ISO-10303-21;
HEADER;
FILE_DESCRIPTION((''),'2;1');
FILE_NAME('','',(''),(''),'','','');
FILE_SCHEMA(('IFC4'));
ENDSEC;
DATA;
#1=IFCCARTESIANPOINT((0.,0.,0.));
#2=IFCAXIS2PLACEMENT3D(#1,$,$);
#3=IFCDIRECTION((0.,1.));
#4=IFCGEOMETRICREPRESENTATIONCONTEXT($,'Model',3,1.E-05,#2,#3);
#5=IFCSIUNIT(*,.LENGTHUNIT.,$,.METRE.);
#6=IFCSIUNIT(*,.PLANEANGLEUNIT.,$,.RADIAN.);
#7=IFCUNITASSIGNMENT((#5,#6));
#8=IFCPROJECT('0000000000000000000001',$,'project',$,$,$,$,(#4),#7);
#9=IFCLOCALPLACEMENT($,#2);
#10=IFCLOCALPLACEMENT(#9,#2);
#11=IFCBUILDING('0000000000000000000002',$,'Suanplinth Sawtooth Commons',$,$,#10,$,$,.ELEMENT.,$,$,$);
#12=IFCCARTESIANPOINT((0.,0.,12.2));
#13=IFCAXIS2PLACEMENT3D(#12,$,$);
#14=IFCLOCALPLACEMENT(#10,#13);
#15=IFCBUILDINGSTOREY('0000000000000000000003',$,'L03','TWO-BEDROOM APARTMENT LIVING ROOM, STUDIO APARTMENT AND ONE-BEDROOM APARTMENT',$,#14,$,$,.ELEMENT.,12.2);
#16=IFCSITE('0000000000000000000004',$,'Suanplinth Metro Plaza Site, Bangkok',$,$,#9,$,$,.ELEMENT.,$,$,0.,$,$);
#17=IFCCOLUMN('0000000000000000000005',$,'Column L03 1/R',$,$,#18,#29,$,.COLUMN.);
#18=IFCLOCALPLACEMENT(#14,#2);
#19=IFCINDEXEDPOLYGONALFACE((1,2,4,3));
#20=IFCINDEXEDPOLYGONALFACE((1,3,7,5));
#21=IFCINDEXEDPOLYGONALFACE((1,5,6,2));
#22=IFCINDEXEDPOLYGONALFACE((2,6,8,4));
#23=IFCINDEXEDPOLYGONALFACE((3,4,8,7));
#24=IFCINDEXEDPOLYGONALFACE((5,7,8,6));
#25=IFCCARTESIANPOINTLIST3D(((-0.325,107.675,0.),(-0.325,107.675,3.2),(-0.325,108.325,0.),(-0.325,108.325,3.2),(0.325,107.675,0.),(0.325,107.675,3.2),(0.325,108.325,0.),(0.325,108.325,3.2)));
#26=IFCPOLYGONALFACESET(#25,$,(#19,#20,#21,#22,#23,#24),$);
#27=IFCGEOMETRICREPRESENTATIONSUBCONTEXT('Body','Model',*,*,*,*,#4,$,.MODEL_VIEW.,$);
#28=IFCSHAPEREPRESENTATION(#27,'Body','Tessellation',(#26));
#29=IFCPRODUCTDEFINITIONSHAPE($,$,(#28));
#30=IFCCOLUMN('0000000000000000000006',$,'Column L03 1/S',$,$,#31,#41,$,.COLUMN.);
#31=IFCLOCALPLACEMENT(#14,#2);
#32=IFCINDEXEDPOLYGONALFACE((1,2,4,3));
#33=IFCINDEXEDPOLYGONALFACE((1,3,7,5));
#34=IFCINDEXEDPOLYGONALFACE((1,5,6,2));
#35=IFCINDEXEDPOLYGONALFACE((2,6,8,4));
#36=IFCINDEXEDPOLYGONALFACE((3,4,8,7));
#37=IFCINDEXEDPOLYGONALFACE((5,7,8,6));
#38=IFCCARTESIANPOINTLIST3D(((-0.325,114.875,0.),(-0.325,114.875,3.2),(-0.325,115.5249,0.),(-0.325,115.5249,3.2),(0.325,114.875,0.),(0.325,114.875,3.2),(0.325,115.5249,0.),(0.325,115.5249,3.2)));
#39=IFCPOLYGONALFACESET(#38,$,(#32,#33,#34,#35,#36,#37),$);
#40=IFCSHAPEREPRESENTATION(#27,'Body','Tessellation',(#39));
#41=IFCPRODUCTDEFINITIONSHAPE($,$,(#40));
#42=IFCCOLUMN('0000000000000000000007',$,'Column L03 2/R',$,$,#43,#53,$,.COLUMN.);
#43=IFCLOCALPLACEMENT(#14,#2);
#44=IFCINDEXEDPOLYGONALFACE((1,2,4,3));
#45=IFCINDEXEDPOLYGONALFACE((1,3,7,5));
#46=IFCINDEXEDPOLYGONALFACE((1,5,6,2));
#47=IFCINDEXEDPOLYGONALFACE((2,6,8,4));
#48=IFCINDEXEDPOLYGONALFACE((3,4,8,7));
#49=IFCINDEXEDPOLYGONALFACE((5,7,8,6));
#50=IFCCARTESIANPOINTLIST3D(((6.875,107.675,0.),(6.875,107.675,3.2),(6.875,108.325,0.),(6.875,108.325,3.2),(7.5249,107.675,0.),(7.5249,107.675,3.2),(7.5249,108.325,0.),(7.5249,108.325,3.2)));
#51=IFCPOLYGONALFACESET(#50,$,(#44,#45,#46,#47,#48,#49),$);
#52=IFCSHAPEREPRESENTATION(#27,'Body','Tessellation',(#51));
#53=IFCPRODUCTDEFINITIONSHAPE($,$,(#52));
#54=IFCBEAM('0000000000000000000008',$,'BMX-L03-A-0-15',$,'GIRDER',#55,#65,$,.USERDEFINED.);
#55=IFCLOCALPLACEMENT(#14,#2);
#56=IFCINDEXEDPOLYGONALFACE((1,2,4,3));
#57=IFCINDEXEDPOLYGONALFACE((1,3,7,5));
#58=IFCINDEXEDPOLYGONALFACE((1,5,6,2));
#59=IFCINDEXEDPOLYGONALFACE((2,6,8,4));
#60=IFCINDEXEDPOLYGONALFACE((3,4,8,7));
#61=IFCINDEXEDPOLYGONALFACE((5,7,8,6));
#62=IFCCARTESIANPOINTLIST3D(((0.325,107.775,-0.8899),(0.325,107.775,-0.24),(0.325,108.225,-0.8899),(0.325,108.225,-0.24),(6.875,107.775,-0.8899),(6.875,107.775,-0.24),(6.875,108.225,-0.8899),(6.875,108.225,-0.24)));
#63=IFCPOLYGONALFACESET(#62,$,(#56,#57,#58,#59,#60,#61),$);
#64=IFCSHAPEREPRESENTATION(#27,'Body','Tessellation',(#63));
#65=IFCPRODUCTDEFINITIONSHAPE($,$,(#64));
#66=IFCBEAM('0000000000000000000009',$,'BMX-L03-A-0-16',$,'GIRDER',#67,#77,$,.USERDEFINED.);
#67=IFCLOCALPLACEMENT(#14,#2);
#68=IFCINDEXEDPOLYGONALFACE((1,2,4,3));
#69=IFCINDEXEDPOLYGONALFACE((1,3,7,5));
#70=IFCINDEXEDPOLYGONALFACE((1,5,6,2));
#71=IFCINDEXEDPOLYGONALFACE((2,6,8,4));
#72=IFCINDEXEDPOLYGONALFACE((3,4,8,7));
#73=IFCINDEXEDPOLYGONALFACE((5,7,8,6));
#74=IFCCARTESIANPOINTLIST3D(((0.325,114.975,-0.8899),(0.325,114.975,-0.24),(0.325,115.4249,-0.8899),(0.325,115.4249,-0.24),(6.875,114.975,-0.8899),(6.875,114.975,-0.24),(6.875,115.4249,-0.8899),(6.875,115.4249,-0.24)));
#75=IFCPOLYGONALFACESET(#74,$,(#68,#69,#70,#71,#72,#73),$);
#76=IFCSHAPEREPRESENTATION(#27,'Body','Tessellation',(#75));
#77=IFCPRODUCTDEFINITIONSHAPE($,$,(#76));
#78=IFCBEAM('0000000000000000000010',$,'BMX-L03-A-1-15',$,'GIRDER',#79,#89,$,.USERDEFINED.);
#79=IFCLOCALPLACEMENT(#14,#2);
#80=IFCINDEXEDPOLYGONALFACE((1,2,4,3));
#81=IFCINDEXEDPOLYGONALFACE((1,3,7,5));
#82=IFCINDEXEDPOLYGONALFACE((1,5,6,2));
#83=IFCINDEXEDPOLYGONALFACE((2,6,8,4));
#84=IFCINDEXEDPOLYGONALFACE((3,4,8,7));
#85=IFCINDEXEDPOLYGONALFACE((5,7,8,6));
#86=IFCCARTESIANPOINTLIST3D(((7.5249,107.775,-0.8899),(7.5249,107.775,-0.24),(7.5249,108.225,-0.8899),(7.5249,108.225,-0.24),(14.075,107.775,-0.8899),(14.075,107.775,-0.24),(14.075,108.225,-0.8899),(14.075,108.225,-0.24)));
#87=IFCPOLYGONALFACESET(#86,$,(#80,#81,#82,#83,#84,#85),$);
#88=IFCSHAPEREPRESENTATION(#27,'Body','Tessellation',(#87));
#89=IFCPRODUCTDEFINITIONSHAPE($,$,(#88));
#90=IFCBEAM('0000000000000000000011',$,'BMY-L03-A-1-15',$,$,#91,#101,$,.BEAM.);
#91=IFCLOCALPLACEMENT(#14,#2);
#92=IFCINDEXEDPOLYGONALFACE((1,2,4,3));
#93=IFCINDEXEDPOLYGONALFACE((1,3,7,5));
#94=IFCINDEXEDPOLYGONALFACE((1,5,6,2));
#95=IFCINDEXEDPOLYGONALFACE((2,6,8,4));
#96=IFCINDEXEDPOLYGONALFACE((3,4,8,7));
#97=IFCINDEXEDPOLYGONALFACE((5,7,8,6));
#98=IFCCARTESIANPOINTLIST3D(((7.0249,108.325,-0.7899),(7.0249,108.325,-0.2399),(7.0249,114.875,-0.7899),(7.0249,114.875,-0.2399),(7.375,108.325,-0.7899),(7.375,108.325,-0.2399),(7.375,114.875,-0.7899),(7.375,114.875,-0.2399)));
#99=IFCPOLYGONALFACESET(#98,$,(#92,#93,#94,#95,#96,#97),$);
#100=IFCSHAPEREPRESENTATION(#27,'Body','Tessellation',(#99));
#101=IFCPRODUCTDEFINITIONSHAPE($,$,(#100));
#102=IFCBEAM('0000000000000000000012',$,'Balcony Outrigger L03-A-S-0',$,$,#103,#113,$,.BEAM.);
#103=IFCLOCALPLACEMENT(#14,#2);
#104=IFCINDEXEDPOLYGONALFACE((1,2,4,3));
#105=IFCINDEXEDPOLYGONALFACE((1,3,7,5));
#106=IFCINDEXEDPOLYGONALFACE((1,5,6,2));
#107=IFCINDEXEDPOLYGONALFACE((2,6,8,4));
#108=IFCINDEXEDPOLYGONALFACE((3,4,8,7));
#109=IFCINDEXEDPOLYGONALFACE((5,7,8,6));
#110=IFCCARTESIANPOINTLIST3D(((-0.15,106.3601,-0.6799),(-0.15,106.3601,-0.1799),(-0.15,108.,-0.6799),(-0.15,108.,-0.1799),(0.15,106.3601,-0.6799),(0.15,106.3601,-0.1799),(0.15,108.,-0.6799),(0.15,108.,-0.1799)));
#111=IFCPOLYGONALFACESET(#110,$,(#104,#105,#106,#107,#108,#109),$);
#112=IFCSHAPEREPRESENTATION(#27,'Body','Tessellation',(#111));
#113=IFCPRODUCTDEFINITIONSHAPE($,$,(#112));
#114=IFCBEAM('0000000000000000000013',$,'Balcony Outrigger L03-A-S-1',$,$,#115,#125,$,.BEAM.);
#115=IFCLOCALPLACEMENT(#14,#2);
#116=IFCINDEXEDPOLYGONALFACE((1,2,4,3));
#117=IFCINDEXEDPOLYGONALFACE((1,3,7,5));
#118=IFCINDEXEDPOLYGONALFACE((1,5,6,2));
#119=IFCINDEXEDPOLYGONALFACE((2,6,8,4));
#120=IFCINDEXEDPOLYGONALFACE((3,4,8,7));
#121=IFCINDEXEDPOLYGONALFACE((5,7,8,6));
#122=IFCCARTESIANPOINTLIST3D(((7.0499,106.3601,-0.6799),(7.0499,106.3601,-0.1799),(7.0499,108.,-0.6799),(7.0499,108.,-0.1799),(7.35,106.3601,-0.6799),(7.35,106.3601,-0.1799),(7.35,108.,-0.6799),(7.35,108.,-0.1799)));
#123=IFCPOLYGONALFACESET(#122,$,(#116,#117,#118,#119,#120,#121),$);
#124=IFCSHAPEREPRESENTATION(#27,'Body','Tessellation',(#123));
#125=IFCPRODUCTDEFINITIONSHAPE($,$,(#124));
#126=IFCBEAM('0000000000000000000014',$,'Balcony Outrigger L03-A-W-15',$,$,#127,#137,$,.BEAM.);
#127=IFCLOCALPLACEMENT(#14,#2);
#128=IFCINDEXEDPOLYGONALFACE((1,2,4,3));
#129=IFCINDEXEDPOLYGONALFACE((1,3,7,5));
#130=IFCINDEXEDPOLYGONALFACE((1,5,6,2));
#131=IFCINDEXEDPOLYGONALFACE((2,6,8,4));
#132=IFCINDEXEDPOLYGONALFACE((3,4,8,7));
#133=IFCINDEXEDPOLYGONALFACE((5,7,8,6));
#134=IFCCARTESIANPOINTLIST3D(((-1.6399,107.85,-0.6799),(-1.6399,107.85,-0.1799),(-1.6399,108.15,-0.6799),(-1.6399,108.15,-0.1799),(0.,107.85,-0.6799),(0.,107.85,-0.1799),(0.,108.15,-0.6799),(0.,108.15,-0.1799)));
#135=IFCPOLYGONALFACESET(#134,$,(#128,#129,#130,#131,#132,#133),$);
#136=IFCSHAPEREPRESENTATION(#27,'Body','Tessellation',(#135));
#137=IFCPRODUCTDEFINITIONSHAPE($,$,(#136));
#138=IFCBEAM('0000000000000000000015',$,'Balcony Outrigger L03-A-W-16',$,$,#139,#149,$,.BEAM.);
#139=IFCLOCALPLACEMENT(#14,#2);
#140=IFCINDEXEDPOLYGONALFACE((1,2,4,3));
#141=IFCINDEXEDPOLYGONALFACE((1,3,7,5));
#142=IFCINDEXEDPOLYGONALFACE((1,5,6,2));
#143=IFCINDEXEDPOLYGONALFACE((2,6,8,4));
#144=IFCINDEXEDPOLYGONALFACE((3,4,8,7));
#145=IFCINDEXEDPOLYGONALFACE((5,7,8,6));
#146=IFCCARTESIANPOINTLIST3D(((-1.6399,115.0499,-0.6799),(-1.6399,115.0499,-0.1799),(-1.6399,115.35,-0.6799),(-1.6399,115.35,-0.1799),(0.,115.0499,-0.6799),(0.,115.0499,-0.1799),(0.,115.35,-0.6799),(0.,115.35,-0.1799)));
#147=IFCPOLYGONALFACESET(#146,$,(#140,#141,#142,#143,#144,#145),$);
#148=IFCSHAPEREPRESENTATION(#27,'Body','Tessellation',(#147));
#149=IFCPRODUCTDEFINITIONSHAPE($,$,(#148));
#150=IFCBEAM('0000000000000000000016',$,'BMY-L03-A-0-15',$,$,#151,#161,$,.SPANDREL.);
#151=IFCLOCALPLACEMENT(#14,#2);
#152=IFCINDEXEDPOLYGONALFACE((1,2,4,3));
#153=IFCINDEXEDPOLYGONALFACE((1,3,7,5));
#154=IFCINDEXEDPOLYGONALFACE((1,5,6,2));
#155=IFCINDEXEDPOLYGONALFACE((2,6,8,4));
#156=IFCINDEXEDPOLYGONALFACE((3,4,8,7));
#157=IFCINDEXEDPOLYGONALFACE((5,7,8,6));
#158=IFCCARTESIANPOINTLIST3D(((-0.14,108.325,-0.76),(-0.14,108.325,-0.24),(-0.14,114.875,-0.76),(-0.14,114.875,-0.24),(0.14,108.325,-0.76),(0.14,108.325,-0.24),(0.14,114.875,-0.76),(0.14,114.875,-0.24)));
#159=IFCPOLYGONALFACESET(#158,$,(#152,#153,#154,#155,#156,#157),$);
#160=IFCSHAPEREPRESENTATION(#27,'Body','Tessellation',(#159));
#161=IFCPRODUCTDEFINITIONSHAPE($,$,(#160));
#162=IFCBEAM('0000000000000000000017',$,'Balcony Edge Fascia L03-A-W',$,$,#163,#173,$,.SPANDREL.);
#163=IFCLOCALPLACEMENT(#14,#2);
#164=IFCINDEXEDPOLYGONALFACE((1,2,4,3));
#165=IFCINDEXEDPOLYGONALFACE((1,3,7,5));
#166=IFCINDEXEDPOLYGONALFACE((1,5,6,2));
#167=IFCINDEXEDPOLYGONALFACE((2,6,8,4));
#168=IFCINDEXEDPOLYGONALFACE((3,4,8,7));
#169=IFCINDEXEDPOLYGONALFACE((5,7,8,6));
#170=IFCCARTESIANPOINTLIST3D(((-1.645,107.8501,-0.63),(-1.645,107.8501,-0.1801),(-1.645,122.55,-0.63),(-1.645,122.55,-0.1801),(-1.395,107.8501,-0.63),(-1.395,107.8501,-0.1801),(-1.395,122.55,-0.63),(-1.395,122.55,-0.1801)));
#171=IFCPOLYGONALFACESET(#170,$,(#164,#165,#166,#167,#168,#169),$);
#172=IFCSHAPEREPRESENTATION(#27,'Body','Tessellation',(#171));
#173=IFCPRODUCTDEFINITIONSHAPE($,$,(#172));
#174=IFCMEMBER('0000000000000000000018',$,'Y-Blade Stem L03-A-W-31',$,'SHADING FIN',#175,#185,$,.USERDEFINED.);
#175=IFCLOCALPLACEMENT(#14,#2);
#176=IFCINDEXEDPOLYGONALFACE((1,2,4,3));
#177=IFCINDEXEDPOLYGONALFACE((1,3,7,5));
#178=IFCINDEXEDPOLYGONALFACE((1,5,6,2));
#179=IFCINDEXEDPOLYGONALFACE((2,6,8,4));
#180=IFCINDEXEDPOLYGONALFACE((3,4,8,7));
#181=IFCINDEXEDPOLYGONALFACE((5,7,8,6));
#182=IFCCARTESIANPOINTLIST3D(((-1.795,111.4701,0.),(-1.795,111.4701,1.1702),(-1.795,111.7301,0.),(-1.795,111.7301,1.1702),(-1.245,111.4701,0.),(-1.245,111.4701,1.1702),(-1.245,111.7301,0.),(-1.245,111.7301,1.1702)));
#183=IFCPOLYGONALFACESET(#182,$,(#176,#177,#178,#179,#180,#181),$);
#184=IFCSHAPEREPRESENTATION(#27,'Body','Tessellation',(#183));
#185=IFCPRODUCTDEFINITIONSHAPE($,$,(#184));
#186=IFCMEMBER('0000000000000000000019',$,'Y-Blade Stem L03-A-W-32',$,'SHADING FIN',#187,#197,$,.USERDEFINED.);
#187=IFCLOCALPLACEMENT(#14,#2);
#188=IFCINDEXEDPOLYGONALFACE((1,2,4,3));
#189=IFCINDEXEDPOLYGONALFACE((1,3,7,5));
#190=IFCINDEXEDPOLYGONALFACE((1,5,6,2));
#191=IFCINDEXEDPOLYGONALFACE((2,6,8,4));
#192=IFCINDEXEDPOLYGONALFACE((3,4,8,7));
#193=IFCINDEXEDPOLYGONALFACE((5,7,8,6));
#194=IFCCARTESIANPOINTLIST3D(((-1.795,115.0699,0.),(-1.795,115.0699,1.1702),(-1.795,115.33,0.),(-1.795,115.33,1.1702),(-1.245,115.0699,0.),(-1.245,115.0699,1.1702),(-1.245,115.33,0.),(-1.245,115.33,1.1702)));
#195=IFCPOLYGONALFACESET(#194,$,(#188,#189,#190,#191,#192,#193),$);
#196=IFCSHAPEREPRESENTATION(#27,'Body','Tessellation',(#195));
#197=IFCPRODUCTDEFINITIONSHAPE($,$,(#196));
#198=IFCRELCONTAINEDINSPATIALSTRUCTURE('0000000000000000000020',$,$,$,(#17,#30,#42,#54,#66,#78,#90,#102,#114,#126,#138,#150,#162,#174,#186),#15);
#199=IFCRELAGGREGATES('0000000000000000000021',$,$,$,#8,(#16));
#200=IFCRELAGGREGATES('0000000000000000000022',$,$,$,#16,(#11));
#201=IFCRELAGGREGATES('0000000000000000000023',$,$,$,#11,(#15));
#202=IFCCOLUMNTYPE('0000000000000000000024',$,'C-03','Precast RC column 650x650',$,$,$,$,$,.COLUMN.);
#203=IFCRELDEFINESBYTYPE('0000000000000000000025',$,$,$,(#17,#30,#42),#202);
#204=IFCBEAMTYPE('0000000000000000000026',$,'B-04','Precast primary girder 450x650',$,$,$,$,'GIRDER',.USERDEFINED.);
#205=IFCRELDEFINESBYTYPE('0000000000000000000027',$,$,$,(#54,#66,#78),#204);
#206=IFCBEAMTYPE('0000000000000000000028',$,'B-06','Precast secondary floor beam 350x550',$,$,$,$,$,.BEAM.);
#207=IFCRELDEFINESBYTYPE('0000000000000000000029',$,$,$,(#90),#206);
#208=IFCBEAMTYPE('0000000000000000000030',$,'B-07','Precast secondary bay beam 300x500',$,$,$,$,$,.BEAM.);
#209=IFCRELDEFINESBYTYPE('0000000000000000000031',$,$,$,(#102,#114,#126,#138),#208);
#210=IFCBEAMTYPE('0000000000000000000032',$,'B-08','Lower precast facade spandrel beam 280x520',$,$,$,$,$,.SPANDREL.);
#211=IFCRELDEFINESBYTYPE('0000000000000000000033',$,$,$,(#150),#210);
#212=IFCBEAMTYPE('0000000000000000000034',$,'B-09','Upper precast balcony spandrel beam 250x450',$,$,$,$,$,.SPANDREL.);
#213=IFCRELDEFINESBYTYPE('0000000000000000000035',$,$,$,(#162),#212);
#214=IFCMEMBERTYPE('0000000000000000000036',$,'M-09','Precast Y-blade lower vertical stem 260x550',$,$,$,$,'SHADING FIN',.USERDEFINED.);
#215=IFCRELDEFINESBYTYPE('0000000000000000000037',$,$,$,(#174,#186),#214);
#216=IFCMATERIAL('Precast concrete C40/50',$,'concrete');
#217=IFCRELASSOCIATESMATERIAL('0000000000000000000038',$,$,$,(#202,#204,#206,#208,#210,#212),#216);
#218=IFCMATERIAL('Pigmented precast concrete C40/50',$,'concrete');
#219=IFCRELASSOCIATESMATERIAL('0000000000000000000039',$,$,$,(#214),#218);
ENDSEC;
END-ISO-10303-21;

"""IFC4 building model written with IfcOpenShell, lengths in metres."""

from ifc_helpers import new_model, si_unit, direction, frame, origin, origin_2d, place, context, subcontext, project, spatial, rectangle, extrude, material, material_profile, profile_set, type_object, element, save


model = new_model("IFC4")

# Units and contexts
model_context = context("Model", 3, precision=1e-05, world=origin(), true_north=direction((0.0, 1.0)))
body_context = subcontext(model_context, "Body", "Model", "MODEL_VIEW")
ifc_project = project(units=[si_unit("LENGTHUNIT", "METRE"), si_unit("PLANEANGLEUNIT", "RADIAN")], contexts=[model_context])

# Site, building, storey
site_placement = place(None, origin())
site = spatial("IfcSite", under=ifc_project, at=site_placement, Name="Suanplinth Metro Plaza Site, Bangkok", CompositionType="ELEMENT", RefElevation=0.0)
building_placement = place(site_placement, origin())
building = spatial("IfcBuilding", under=site, at=building_placement, Name="Suanplinth Sawtooth Commons", CompositionType="ELEMENT")
storey_placement = place(building_placement, frame((0.0, 0.0, 12.2)))
storey = spatial("IfcBuildingStorey", under=building, at=storey_placement, Name="L03", Description="TWO-BEDROOM APARTMENT LIVING ROOM, STUDIO APARTMENT AND ONE-BEDROOM APARTMENT", CompositionType="ELEMENT", Elevation=12.2)

# Columns
ifc_material_1 = material(Name="Precast concrete C40/50", Category="concrete")
ifc_material_profile_1 = material_profile(ifc_material_1, rectangle(XDim=0.6499, YDim=0.6499, at=origin_2d()), Name="PC-COL 650x650")
ifc_profile_set_1 = profile_set([ifc_material_profile_1], Name="Precast concrete C40/50")
column_type = type_object("IfcColumnType", Name="C-03", Description="Precast RC column 650x650", PredefinedType="COLUMN", material=ifc_profile_set_1)
for number, where, z_axis, x_axis, name in (
    (1, (0.0, 108.0, 0.0), (0.0, 0.0, 1.0), (1.0, 0.0, 0.0), "Column L03 1/R"),
    (2, (0.0, 115.2, 0.0), (0.0, 0.0, 1.0), (1.0, 0.0, 0.0), "Column L03 1/S"),
    (3, (7.2, 108.0, 0.0), (0.0, 0.0, 1.0), (1.0, 0.0, 0.0), "Column L03 2/R"),
):
    element("IfcColumn", number, at=place(storey_placement, frame(where, z_axis=z_axis, x_axis=x_axis)), inside=storey, type_object=column_type, Name=name, PredefinedType="COLUMN", context=body_context, shape_type="SweptSolid", body=[
        extrude(rectangle(XDim=0.6499, YDim=0.6499, at=origin_2d()), origin(), (0.0, 0.0, 1.0), 3.2),
    ])

# Beams
ifc_material_profile_2 = material_profile(ifc_material_1, rectangle(XDim=0.45, YDim=0.6499, at=origin_2d()), Name="PC-GDR 450x650")
ifc_profile_set_2 = profile_set([ifc_material_profile_2], Name="Precast concrete C40/50")
beam_type_1 = type_object("IfcBeamType", Name="B-04", Description="Precast primary girder 450x650", ElementType="GIRDER", PredefinedType="USERDEFINED", material=ifc_profile_set_2)
for number, where, z_axis, x_axis, name in (
    (4, (0.325, 108.0, -0.5649), (1.0, 0.0, 0.0), (0.0, 1.0, 0.0), "BMX-L03-A-0-15"),
    (5, (0.325, 115.2, -0.5649), (1.0, 0.0, 0.0), (0.0, 1.0, 0.0), "BMX-L03-A-0-16"),
    (6, (7.5249, 108.0, -0.5649), (1.0, 0.0, 0.0), (0.0, 1.0, 0.0), "BMX-L03-A-1-15"),
):
    element("IfcBeam", number, at=place(storey_placement, frame(where, z_axis=z_axis, x_axis=x_axis)), inside=storey, type_object=beam_type_1, Name=name, ObjectType="GIRDER", PredefinedType="USERDEFINED", context=body_context, shape_type="SweptSolid", body=[
        extrude(rectangle(XDim=0.45, YDim=0.6499, at=origin_2d()), origin(), (0.0, 0.0, 1.0), 6.55),
    ])
ifc_material_profile_3 = material_profile(ifc_material_1, rectangle(XDim=0.3501, YDim=0.55, at=origin_2d()), Name="PC-BM 350x550")
ifc_profile_set_3 = profile_set([ifc_material_profile_3], Name="Precast concrete C40/50")
beam_type_2 = type_object("IfcBeamType", Name="B-06", Description="Precast secondary floor beam 350x550", PredefinedType="BEAM", material=ifc_profile_set_3)
beam_1_placement = place(storey_placement, frame((7.2, 108.325, -0.5149), z_axis=(0.0, 1.0, 0.0), x_axis=(-1.0, 0.0, 0.0)))
element("IfcBeam", 7, at=beam_1_placement, inside=storey, type_object=beam_type_2, Name="BMY-L03-A-1-15", PredefinedType="BEAM", context=body_context, shape_type="SweptSolid", body=[
    extrude(rectangle(XDim=0.3501, YDim=0.55, at=origin_2d()), origin(), (0.0, 0.0, 1.0), 6.55),
])
ifc_material_profile_4 = material_profile(ifc_material_1, rectangle(XDim=0.3, YDim=0.5, at=origin_2d()), Name="PC-BM 300x500")
ifc_profile_set_4 = profile_set([ifc_material_profile_4], Name="Precast concrete C40/50")
beam_type_3 = type_object("IfcBeamType", Name="B-07", Description="Precast secondary bay beam 300x500", PredefinedType="BEAM", material=ifc_profile_set_4)
for number, where, z_axis, x_axis, name in (
    (8, (0.0, 108.0, -0.4299), (0.0, -1.0, 0.0), (1.0, 0.0, 0.0), "Balcony Outrigger L03-A-S-0"),
    (9, (7.2, 108.0, -0.4299), (0.0, -1.0, 0.0), (1.0, 0.0, 0.0), "Balcony Outrigger L03-A-S-1"),
    (10, (0.0, 108.0, -0.4299), (-1.0, 0.0, 0.0), (0.0, -1.0, 0.0), "Balcony Outrigger L03-A-W-15"),
    (11, (0.0, 115.2, -0.4299), (-1.0, 0.0, 0.0), (0.0, -1.0, 0.0), "Balcony Outrigger L03-A-W-16"),
):
    element("IfcBeam", number, at=place(storey_placement, frame(where, z_axis=z_axis, x_axis=x_axis)), inside=storey, type_object=beam_type_3, Name=name, PredefinedType="BEAM", context=body_context, shape_type="SweptSolid", body=[
        extrude(rectangle(XDim=0.3, YDim=0.5, at=origin_2d()), origin(), (0.0, 0.0, 1.0), 1.6399),
    ])
ifc_material_profile_5 = material_profile(ifc_material_1, rectangle(XDim=0.28, YDim=0.52, at=origin_2d()), Name="PC-SP 280x520")
ifc_profile_set_5 = profile_set([ifc_material_profile_5], Name="Precast concrete C40/50")
beam_type_4 = type_object("IfcBeamType", Name="B-08", Description="Lower precast facade spandrel beam 280x520", PredefinedType="SPANDREL", material=ifc_profile_set_5)
beam_2_placement = place(storey_placement, frame((0.0, 108.325, -0.5), z_axis=(0.0, 1.0, 0.0), x_axis=(-1.0, 0.0, 0.0)))
element("IfcBeam", 12, at=beam_2_placement, inside=storey, type_object=beam_type_4, Name="BMY-L03-A-0-15", PredefinedType="SPANDREL", context=body_context, shape_type="SweptSolid", body=[
    extrude(rectangle(XDim=0.28, YDim=0.52, at=origin_2d()), origin(), (0.0, 0.0, 1.0), 6.55),
])
ifc_material_profile_6 = material_profile(ifc_material_1, rectangle(XDim=0.25, YDim=0.45, at=origin_2d()), Name="PC-SP 250x450")
ifc_profile_set_6 = profile_set([ifc_material_profile_6], Name="Precast concrete C40/50")
beam_type_5 = type_object("IfcBeamType", Name="B-09", Description="Upper precast balcony spandrel beam 250x450", PredefinedType="SPANDREL", material=ifc_profile_set_6)
beam_3_placement = place(storey_placement, frame((-1.52, 107.8501, -0.405), z_axis=(0.0, 1.0, 0.0), x_axis=(-1.0, 0.0, 0.0)))
element("IfcBeam", 13, at=beam_3_placement, inside=storey, type_object=beam_type_5, Name="Balcony Edge Fascia L03-A-W", PredefinedType="SPANDREL", context=body_context, shape_type="SweptSolid", body=[
    extrude(rectangle(XDim=0.25, YDim=0.45, at=origin_2d()), origin(), (0.0, 0.0, 1.0), 14.7),
])

# Members
ifc_material_2 = material(Name="Pigmented precast concrete C40/50", Category="concrete")
ifc_material_profile_7 = material_profile(ifc_material_2, rectangle(XDim=0.26, YDim=0.55, at=origin_2d()), Name="PC-FIN 260x550")
ifc_profile_set_7 = profile_set([ifc_material_profile_7], Name="Pigmented precast concrete C40/50")
member_type_1 = type_object("IfcMemberType", Name="M-09", Description="Precast Y-blade lower vertical stem 260x550", ElementType="SHADING FIN", PredefinedType="USERDEFINED", material=ifc_profile_set_7)
for number, where, z_axis, x_axis, name in (
    (14, (-1.52, 111.6001, 0.0), (0.0, 0.0, 1.0), (0.0, 1.0, 0.0), "Y-Blade Stem L03-A-W-31"),
    (15, (-1.52, 115.2, 0.0), (0.0, 0.0, 1.0), (0.0, 1.0, 0.0), "Y-Blade Stem L03-A-W-32"),
):
    element("IfcMember", number, at=place(storey_placement, frame(where, z_axis=z_axis, x_axis=x_axis)), inside=storey, type_object=member_type_1, Name=name, ObjectType="SHADING FIN", PredefinedType="USERDEFINED", context=body_context, shape_type="SweptSolid", body=[
        extrude(rectangle(XDim=0.26, YDim=0.55, at=origin_2d()), origin(), (0.0, 0.0, 1.0), 1.1702),
    ])

save(model, "model.ifc")
